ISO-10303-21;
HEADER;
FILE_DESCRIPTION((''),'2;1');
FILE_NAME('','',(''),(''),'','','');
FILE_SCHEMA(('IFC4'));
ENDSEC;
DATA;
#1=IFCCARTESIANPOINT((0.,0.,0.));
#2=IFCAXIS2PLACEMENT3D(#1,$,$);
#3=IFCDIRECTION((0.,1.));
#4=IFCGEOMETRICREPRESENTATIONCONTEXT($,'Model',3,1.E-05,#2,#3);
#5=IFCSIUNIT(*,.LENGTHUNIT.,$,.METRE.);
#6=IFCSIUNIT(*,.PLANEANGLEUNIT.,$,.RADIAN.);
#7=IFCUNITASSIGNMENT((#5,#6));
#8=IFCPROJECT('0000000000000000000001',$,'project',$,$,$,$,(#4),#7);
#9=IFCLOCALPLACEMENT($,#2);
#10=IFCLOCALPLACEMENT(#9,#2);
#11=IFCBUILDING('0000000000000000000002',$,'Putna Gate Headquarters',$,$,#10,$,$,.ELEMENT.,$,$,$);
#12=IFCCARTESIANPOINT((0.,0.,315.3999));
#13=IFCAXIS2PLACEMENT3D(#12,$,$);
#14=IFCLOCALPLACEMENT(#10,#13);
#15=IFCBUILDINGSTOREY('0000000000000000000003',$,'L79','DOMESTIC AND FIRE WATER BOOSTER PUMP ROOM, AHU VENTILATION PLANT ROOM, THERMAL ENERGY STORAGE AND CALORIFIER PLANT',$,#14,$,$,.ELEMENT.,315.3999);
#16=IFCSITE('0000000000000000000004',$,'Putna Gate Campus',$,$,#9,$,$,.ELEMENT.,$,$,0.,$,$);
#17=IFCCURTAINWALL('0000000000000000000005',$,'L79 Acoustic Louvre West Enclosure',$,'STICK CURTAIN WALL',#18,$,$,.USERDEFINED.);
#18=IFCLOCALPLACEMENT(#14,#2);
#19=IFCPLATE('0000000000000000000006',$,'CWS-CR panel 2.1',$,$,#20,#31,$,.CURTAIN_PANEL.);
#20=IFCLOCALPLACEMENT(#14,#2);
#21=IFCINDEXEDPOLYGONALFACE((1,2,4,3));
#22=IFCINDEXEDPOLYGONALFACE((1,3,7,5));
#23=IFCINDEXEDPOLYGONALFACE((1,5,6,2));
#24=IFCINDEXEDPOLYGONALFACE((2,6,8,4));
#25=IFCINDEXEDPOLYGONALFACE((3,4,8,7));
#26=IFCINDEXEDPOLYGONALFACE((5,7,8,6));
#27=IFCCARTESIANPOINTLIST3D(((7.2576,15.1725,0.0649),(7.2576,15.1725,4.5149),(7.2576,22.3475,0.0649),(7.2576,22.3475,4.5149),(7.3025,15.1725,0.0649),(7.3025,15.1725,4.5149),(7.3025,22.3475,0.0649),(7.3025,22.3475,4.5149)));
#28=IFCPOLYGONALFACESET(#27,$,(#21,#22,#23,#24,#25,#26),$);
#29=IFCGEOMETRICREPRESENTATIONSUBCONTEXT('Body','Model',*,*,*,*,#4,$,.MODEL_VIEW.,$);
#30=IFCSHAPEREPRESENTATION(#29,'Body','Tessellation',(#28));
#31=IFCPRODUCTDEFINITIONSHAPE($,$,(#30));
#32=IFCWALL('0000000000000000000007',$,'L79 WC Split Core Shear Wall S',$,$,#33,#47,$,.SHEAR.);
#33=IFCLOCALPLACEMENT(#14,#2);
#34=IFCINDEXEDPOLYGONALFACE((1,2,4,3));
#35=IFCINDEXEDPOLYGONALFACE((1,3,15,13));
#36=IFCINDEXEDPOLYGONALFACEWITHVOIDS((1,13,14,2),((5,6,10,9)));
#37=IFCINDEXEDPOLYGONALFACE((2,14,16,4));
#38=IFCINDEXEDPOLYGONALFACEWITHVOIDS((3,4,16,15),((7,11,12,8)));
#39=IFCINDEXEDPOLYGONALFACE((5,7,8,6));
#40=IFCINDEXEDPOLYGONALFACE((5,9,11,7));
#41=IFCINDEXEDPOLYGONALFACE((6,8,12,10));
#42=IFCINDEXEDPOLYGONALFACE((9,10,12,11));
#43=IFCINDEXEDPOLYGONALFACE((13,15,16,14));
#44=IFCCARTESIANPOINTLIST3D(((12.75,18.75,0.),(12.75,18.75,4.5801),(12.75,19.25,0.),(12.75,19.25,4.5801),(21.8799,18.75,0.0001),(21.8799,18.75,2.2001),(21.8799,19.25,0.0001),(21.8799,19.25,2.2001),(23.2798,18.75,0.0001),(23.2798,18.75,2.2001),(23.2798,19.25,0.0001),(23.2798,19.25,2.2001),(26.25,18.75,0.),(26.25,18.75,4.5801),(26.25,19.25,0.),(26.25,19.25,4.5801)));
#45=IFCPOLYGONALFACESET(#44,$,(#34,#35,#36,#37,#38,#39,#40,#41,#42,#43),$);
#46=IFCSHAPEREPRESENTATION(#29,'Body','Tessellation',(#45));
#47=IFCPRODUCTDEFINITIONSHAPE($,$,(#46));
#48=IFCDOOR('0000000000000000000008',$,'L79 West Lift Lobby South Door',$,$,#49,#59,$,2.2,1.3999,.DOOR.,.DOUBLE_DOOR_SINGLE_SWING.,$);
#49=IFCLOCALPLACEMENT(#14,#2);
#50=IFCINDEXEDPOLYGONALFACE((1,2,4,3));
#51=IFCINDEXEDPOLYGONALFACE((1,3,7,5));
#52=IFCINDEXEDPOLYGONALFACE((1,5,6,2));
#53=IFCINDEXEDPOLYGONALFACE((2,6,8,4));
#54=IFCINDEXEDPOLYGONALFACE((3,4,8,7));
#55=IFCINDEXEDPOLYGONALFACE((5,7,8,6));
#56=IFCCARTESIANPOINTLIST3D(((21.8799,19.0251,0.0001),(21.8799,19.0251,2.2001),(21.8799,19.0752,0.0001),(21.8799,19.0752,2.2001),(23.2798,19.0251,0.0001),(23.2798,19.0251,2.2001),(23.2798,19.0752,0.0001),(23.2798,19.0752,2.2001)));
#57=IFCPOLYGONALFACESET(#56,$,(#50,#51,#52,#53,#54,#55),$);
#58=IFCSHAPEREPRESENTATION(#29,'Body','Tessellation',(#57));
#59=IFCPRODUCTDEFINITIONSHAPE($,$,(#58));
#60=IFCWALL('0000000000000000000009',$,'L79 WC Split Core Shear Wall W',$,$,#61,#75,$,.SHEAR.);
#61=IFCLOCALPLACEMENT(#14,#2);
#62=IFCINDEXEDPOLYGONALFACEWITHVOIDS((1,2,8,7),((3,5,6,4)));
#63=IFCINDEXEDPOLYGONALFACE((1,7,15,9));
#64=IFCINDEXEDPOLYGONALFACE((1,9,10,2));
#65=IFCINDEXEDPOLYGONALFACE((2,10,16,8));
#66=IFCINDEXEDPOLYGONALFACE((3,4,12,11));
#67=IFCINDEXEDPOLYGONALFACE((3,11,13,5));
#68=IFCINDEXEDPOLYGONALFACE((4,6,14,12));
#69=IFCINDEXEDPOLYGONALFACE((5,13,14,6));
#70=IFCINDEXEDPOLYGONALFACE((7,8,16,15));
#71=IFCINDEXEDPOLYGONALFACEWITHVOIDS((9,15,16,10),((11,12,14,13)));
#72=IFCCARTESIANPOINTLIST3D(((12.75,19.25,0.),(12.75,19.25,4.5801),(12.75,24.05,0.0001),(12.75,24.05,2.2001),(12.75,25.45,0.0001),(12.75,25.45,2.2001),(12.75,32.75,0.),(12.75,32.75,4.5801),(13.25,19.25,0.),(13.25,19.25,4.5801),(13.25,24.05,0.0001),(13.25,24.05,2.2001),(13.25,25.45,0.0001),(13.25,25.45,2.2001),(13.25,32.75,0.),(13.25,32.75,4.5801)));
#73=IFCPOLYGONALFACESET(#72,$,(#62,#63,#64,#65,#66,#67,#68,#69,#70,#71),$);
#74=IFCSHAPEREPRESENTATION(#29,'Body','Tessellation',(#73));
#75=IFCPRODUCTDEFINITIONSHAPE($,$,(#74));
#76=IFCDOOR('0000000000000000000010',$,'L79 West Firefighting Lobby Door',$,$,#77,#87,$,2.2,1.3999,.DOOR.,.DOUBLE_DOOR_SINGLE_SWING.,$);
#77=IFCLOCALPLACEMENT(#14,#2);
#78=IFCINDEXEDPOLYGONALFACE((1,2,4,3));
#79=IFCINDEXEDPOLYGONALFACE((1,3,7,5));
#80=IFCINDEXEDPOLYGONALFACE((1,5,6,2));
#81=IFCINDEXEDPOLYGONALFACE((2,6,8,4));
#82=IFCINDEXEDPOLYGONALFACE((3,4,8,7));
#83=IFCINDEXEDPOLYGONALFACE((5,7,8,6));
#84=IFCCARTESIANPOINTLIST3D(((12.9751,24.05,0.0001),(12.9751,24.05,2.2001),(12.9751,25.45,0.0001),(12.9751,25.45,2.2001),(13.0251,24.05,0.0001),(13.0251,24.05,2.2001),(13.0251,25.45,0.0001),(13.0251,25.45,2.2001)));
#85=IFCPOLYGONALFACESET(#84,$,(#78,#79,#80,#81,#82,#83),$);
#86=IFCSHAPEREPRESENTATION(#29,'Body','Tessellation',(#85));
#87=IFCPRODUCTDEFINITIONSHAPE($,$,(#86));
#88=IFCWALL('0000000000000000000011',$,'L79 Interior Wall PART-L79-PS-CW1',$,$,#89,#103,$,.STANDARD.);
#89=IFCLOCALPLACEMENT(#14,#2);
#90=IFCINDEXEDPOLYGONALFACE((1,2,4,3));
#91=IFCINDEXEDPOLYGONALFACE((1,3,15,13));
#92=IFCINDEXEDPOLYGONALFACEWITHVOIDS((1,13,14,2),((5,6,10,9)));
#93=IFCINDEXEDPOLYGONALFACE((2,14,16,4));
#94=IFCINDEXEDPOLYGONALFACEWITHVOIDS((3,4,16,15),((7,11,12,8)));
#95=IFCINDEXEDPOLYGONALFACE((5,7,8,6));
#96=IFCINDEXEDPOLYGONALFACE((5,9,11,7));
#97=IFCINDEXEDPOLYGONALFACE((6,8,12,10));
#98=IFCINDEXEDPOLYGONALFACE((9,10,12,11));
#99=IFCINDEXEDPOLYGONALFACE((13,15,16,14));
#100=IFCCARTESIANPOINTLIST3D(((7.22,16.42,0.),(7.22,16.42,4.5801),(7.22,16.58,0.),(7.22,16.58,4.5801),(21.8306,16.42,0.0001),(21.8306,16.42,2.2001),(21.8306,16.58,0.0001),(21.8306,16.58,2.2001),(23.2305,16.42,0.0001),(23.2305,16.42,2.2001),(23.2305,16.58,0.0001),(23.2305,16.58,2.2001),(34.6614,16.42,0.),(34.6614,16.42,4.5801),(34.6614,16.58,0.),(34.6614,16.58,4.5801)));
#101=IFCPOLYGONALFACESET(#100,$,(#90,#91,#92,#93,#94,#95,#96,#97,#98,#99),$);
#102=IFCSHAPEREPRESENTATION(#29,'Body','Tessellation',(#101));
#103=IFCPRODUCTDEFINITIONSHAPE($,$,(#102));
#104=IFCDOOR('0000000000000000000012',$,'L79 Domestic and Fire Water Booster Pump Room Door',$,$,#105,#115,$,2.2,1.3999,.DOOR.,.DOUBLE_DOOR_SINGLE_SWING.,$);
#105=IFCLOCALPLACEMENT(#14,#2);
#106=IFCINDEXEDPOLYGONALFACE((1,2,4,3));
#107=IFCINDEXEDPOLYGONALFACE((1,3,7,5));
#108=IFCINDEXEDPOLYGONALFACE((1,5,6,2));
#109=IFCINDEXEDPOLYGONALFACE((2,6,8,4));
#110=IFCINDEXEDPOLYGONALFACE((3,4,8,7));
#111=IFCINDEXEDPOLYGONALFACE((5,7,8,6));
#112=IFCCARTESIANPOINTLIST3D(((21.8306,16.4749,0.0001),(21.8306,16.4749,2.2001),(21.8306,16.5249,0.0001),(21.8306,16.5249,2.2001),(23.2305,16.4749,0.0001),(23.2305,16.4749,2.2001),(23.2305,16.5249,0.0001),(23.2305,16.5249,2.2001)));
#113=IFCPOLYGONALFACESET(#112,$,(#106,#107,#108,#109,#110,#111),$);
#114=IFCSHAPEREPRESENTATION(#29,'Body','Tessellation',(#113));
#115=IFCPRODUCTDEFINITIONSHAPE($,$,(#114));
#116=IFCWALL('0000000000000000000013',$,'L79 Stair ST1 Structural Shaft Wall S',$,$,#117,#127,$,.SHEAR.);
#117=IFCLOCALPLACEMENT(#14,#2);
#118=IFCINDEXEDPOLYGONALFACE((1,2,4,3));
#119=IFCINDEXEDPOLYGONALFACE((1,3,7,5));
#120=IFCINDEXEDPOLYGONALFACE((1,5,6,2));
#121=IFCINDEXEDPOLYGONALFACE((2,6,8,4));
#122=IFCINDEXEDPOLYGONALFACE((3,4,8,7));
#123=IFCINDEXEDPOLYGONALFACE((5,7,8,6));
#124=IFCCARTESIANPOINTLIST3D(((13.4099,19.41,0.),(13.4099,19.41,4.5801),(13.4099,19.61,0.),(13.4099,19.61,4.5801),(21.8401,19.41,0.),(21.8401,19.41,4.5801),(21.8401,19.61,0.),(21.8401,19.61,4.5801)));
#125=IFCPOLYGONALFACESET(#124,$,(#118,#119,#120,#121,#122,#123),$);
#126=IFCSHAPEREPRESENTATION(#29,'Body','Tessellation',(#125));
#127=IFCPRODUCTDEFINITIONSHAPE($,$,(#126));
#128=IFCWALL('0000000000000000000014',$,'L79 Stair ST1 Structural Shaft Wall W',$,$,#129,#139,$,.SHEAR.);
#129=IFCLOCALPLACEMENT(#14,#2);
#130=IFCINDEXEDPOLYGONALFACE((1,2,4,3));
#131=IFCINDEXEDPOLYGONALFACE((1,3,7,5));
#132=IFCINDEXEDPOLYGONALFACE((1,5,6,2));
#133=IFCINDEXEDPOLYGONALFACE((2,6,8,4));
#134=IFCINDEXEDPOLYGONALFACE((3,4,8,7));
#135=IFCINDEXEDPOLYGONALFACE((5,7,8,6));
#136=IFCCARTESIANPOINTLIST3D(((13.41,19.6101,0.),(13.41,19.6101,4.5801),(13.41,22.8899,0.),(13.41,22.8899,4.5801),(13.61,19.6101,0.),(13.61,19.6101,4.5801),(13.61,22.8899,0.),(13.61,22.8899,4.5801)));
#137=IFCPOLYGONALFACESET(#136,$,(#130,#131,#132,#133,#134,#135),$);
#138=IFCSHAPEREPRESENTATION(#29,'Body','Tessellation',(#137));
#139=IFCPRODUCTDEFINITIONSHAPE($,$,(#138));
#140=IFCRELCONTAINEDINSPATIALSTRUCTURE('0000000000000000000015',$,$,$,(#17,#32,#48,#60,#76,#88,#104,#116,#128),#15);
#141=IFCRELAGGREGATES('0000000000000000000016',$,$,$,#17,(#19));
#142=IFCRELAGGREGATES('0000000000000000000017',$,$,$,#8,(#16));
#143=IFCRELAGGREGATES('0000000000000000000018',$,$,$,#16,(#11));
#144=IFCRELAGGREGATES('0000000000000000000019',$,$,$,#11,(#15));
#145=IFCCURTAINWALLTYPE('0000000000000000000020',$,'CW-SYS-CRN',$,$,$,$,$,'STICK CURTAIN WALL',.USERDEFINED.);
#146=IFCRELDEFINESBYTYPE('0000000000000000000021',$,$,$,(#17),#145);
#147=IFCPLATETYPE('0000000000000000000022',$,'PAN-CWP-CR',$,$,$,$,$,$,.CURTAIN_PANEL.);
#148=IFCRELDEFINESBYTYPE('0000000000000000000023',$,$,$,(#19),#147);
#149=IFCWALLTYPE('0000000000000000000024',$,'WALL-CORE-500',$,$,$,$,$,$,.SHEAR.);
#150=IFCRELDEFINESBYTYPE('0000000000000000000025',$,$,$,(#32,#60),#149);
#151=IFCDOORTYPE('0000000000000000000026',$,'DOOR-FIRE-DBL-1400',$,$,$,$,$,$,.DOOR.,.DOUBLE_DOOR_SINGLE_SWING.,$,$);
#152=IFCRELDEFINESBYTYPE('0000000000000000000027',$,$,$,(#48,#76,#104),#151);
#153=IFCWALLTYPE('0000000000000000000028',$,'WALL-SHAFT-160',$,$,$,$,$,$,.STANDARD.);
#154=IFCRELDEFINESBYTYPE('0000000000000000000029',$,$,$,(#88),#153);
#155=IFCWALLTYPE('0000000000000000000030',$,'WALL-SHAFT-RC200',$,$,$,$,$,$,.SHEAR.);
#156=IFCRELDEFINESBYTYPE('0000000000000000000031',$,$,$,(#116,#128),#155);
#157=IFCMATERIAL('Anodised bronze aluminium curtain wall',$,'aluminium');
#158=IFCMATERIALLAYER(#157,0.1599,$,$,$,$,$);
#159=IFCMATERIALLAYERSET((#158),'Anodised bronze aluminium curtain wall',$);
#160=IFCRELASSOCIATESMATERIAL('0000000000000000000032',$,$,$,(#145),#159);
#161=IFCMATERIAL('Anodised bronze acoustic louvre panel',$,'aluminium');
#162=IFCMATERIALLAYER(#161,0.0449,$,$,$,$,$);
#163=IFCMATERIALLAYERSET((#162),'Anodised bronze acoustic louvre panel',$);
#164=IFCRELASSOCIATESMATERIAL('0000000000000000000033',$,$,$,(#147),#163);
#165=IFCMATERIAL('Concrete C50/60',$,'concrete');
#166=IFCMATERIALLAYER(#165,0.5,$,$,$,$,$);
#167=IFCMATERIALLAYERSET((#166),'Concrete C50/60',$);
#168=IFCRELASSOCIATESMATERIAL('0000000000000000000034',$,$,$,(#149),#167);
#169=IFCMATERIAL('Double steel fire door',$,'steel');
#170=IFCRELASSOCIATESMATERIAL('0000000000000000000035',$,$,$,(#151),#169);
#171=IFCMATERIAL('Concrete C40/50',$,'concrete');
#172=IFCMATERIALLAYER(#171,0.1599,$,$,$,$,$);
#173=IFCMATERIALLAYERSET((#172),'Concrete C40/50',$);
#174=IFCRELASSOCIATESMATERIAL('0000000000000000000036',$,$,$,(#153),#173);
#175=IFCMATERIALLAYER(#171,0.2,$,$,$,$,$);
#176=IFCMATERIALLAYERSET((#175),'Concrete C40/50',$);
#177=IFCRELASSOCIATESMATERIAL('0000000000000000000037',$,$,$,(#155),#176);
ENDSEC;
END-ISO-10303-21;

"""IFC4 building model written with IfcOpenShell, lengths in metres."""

from ifc_helpers import new_model, si_unit, direction, frame, frame_2d, origin, origin_2d, place, context, subcontext, project, spatial, rectangle, extrude, material, layer, layer_set, type_object, element, fill, aggregate, save


model = new_model("IFC4")

# Units and contexts
model_context = context("Model", 3, precision=1e-05, world=origin(), true_north=direction((0.0, 1.0)))
body_context = subcontext(model_context, "Body", "Model", "MODEL_VIEW")
ifc_project = project(units=[si_unit("LENGTHUNIT", "METRE"), si_unit("PLANEANGLEUNIT", "RADIAN")], contexts=[model_context])

# Site, building, storey
site_placement = place(None, origin())
site = spatial("IfcSite", under=ifc_project, at=site_placement, Name="Putna Gate Campus", CompositionType="ELEMENT", RefElevation=0.0)
building_placement = place(site_placement, origin())
building = spatial("IfcBuilding", under=site, at=building_placement, Name="Putna Gate Headquarters", CompositionType="ELEMENT")
storey_placement = place(building_placement, frame((0.0, 0.0, 315.3999)))
storey = spatial("IfcBuildingStorey", under=building, at=storey_placement, Name="L79", Description="DOMESTIC AND FIRE WATER BOOSTER PUMP ROOM, AHU VENTILATION PLANT ROOM, THERMAL ENERGY STORAGE AND CALORIFIER PLANT", CompositionType="ELEMENT", Elevation=315.3999)

# Curtain wall, plate
ifc_material_1 = material(Name="Anodised bronze aluminium curtain wall", Category="aluminium")
ifc_layer_1 = layer(ifc_material_1, 0.1599)
ifc_layer_set_1 = layer_set([ifc_layer_1], Name="Anodised bronze aluminium curtain wall")
curtain_wall_type = type_object("IfcCurtainWallType", Name="CW-SYS-CRN", ElementType="STICK CURTAIN WALL", PredefinedType="USERDEFINED", material=ifc_layer_set_1)
curtain_wall_placement = place(storey_placement, origin())
curtain_wall = element("IfcCurtainWall", 1, at=curtain_wall_placement, inside=storey, type_object=curtain_wall_type, Name="L79 Acoustic Louvre West Enclosure", ObjectType="STICK CURTAIN WALL", PredefinedType="USERDEFINED")
ifc_material_2 = material(Name="Anodised bronze acoustic louvre panel", Category="aluminium")
ifc_layer_2 = layer(ifc_material_2, 0.0449)
ifc_layer_set_2 = layer_set([ifc_layer_2], Name="Anodised bronze acoustic louvre panel")
plate_type = type_object("IfcPlateType", Name="PAN-CWP-CR", PredefinedType="CURTAIN_PANEL", material=ifc_layer_set_2)
plate_placement = place(storey_placement, frame((7.28, 18.76, 0.0649), z_axis=(0.0, 0.0, 1.0), x_axis=(0.0, 1.0, 0.0)))
plate = element("IfcPlate", 2, at=plate_placement, type_object=plate_type, Name="CWS-CR panel 2.1", PredefinedType="CURTAIN_PANEL", context=body_context, shape_type="SweptSolid", body=[
    extrude(rectangle(XDim=7.175, YDim=0.0449, at=origin_2d()), origin(), (0.0, 0.0, 1.0), 4.45),
])
aggregate(curtain_wall, [plate])

# Walls, openings, doors
ifc_material_3 = material(Name="Concrete C50/60", Category="concrete")
ifc_layer_3 = layer(ifc_material_3, 0.5)
ifc_layer_set_3 = layer_set([ifc_layer_3], Name="Concrete C50/60")
wall_type_1 = type_object("IfcWallType", Name="WALL-CORE-500", PredefinedType="SHEAR", material=ifc_layer_set_3)
wall_1_placement = place(storey_placement, frame((12.75, 19.0, 0.0), z_axis=(0.0, 0.0, 1.0), x_axis=(1.0, 0.0, 0.0)))
wall_1 = element("IfcWall", 3, at=wall_1_placement, inside=storey, type_object=wall_type_1, Name="L79 WC Split Core Shear Wall S", PredefinedType="SHEAR", context=body_context, shape_type="SweptSolid", body=[
    extrude(rectangle(XDim=13.5, YDim=0.5, at=frame_2d((6.75, 0.0))), origin(), (0.0, 0.0, 1.0), 4.5801),
])
opening_1_placement = place(wall_1_placement, frame((9.1299, 0.0, 0.0)))
opening_1 = element("IfcOpeningElement", 4, at=opening_1_placement, cuts=wall_1, PredefinedType="OPENING", context=body_context, shape_type="SweptSolid", body=[
    extrude(rectangle(XDim=1.3999, YDim=2.2, at=frame_2d((0.7, 1.1001))), frame((0.0, 0.26, 0.0), z_axis=(0.0, -1.0, 0.0), x_axis=(1.0, 0.0, 0.0)), (0.0, 0.0, 1.0), 0.52),
])
ifc_material_4 = material(Name="Double steel fire door", Category="steel")
door_type = type_object("IfcDoorType", Name="DOOR-FIRE-DBL-1400", OperationType="DOUBLE_DOOR_SINGLE_SWING", PredefinedType="DOOR", material=ifc_material_4)
door_1_placement = place(opening_1_placement, origin())
door_1 = element("IfcDoor", 5, at=door_1_placement, inside=storey, type_object=door_type, Name="L79 West Lift Lobby South Door", OperationType="DOUBLE_DOOR_SINGLE_SWING", OverallHeight=2.2, OverallWidth=1.3999, PredefinedType="DOOR", context=body_context, shape_type="SweptSolid", body=[
    extrude(rectangle(XDim=1.3999, YDim=2.2, at=frame_2d((0.7, 1.1001))), frame((0.0, 0.0752, 0.0), z_axis=(0.0, -1.0, 0.0), x_axis=(1.0, 0.0, 0.0)), (0.0, 0.0, 1.0), 0.05),
])
fill(opening_1, door_1)
wall_2_placement = place(storey_placement, frame((13.0, 19.25, 0.0), z_axis=(0.0, 0.0, 1.0), x_axis=(0.0, 1.0, 0.0)))
wall_2 = element("IfcWall", 6, at=wall_2_placement, inside=storey, type_object=wall_type_1, Name="L79 WC Split Core Shear Wall W", PredefinedType="SHEAR", context=body_context, shape_type="SweptSolid", body=[
    extrude(rectangle(XDim=13.5, YDim=0.5, at=frame_2d((6.75, 0.0))), origin(), (0.0, 0.0, 1.0), 4.5801),
])
opening_2_placement = place(wall_2_placement, frame((4.8, 0.0, 0.0)))
opening_2 = element("IfcOpeningElement", 7, at=opening_2_placement, cuts=wall_2, PredefinedType="OPENING", context=body_context, shape_type="SweptSolid", body=[
    extrude(rectangle(XDim=1.3999, YDim=2.2, at=frame_2d((0.7, 1.1001))), frame((0.0, 0.26, 0.0), z_axis=(0.0, -1.0, 0.0), x_axis=(1.0, 0.0, 0.0)), (0.0, 0.0, 1.0), 0.52),
])
door_2_placement = place(opening_2_placement, origin())
door_2 = element("IfcDoor", 8, at=door_2_placement, inside=storey, type_object=door_type, Name="L79 West Firefighting Lobby Door", OperationType="DOUBLE_DOOR_SINGLE_SWING", OverallHeight=2.2, OverallWidth=1.3999, PredefinedType="DOOR", context=body_context, shape_type="SweptSolid", body=[
    extrude(rectangle(XDim=1.3999, YDim=2.2, at=frame_2d((0.7, 1.1001))), frame((0.0, 0.0249, 0.0), z_axis=(0.0, -1.0, 0.0), x_axis=(1.0, 0.0, 0.0)), (0.0, 0.0, 1.0), 0.05),
])
fill(opening_2, door_2)
ifc_material_5 = material(Name="Concrete C40/50", Category="concrete")
ifc_layer_4 = layer(ifc_material_5, 0.1599)
ifc_layer_set_4 = layer_set([ifc_layer_4], Name="Concrete C40/50")
wall_type_2 = type_object("IfcWallType", Name="WALL-SHAFT-160", PredefinedType="STANDARD", material=ifc_layer_set_4)
wall_3_placement = place(storey_placement, frame((7.22, 16.5, 0.0), z_axis=(0.0, 0.0, 1.0), x_axis=(1.0, 0.0, 0.0)))
wall_3 = element("IfcWall", 9, at=wall_3_placement, inside=storey, type_object=wall_type_2, Name="L79 Interior Wall PART-L79-PS-CW1", PredefinedType="STANDARD", context=body_context, shape_type="SweptSolid", body=[
    extrude(rectangle(XDim=27.4414, YDim=0.1599, at=frame_2d((13.7207, 0.0))), origin(), (0.0, 0.0, 1.0), 4.5801),
])
opening_3_placement = place(wall_3_placement, frame((14.6106, 0.0, 0.0)))
opening_3 = element("IfcOpeningElement", 10, at=opening_3_placement, cuts=wall_3, PredefinedType="OPENING", context=body_context, shape_type="SweptSolid", body=[
    extrude(rectangle(XDim=1.3999, YDim=2.2, at=frame_2d((0.7, 1.1001))), frame((0.0, 0.0898, 0.0), z_axis=(0.0, -1.0, 0.0), x_axis=(1.0, 0.0, 0.0)), (0.0, 0.0, 1.0), 0.1799),
])
door_3_placement = place(opening_3_placement, origin())
door_3 = element("IfcDoor", 11, at=door_3_placement, inside=storey, type_object=door_type, Name="L79 Domestic and Fire Water Booster Pump Room Door", OperationType="DOUBLE_DOOR_SINGLE_SWING", OverallHeight=2.2, OverallWidth=1.3999, PredefinedType="DOOR", context=body_context, shape_type="SweptSolid", body=[
    extrude(rectangle(XDim=1.3999, YDim=2.2, at=frame_2d((0.7, 1.1001))), frame((0.0, 0.0249, 0.0), z_axis=(0.0, -1.0, 0.0), x_axis=(1.0, 0.0, 0.0)), (0.0, 0.0, 1.0), 0.05),
])
fill(opening_3, door_3)

# Walls
ifc_layer_5 = layer(ifc_material_5, 0.2)
ifc_layer_set_5 = layer_set([ifc_layer_5], Name="Concrete C40/50")
wall_type_3 = type_object("IfcWallType", Name="WALL-SHAFT-RC200", PredefinedType="SHEAR", material=ifc_layer_set_5)
wall_4_placement = place(storey_placement, frame((13.4099, 19.51, 0.0), z_axis=(0.0, 0.0, 1.0), x_axis=(1.0, 0.0, 0.0)))
element("IfcWall", 12, at=wall_4_placement, inside=storey, type_object=wall_type_3, Name="L79 Stair ST1 Structural Shaft Wall S", PredefinedType="SHEAR", context=body_context, shape_type="SweptSolid", body=[
    extrude(rectangle(XDim=8.4302, YDim=0.2, at=frame_2d((4.2151, 0.0))), origin(), (0.0, 0.0, 1.0), 4.5801),
])
wall_5_placement = place(storey_placement, frame((13.51, 19.6101, 0.0), z_axis=(0.0, 0.0, 1.0), x_axis=(0.0, 1.0, 0.0)))
element("IfcWall", 13, at=wall_5_placement, inside=storey, type_object=wall_type_3, Name="L79 Stair ST1 Structural Shaft Wall W", PredefinedType="SHEAR", context=body_context, shape_type="SweptSolid", body=[
    extrude(rectangle(XDim=3.2798, YDim=0.2, at=frame_2d((1.6399, 0.0))), origin(), (0.0, 0.0, 1.0), 4.5801),
])

save(model, "model.ifc")
